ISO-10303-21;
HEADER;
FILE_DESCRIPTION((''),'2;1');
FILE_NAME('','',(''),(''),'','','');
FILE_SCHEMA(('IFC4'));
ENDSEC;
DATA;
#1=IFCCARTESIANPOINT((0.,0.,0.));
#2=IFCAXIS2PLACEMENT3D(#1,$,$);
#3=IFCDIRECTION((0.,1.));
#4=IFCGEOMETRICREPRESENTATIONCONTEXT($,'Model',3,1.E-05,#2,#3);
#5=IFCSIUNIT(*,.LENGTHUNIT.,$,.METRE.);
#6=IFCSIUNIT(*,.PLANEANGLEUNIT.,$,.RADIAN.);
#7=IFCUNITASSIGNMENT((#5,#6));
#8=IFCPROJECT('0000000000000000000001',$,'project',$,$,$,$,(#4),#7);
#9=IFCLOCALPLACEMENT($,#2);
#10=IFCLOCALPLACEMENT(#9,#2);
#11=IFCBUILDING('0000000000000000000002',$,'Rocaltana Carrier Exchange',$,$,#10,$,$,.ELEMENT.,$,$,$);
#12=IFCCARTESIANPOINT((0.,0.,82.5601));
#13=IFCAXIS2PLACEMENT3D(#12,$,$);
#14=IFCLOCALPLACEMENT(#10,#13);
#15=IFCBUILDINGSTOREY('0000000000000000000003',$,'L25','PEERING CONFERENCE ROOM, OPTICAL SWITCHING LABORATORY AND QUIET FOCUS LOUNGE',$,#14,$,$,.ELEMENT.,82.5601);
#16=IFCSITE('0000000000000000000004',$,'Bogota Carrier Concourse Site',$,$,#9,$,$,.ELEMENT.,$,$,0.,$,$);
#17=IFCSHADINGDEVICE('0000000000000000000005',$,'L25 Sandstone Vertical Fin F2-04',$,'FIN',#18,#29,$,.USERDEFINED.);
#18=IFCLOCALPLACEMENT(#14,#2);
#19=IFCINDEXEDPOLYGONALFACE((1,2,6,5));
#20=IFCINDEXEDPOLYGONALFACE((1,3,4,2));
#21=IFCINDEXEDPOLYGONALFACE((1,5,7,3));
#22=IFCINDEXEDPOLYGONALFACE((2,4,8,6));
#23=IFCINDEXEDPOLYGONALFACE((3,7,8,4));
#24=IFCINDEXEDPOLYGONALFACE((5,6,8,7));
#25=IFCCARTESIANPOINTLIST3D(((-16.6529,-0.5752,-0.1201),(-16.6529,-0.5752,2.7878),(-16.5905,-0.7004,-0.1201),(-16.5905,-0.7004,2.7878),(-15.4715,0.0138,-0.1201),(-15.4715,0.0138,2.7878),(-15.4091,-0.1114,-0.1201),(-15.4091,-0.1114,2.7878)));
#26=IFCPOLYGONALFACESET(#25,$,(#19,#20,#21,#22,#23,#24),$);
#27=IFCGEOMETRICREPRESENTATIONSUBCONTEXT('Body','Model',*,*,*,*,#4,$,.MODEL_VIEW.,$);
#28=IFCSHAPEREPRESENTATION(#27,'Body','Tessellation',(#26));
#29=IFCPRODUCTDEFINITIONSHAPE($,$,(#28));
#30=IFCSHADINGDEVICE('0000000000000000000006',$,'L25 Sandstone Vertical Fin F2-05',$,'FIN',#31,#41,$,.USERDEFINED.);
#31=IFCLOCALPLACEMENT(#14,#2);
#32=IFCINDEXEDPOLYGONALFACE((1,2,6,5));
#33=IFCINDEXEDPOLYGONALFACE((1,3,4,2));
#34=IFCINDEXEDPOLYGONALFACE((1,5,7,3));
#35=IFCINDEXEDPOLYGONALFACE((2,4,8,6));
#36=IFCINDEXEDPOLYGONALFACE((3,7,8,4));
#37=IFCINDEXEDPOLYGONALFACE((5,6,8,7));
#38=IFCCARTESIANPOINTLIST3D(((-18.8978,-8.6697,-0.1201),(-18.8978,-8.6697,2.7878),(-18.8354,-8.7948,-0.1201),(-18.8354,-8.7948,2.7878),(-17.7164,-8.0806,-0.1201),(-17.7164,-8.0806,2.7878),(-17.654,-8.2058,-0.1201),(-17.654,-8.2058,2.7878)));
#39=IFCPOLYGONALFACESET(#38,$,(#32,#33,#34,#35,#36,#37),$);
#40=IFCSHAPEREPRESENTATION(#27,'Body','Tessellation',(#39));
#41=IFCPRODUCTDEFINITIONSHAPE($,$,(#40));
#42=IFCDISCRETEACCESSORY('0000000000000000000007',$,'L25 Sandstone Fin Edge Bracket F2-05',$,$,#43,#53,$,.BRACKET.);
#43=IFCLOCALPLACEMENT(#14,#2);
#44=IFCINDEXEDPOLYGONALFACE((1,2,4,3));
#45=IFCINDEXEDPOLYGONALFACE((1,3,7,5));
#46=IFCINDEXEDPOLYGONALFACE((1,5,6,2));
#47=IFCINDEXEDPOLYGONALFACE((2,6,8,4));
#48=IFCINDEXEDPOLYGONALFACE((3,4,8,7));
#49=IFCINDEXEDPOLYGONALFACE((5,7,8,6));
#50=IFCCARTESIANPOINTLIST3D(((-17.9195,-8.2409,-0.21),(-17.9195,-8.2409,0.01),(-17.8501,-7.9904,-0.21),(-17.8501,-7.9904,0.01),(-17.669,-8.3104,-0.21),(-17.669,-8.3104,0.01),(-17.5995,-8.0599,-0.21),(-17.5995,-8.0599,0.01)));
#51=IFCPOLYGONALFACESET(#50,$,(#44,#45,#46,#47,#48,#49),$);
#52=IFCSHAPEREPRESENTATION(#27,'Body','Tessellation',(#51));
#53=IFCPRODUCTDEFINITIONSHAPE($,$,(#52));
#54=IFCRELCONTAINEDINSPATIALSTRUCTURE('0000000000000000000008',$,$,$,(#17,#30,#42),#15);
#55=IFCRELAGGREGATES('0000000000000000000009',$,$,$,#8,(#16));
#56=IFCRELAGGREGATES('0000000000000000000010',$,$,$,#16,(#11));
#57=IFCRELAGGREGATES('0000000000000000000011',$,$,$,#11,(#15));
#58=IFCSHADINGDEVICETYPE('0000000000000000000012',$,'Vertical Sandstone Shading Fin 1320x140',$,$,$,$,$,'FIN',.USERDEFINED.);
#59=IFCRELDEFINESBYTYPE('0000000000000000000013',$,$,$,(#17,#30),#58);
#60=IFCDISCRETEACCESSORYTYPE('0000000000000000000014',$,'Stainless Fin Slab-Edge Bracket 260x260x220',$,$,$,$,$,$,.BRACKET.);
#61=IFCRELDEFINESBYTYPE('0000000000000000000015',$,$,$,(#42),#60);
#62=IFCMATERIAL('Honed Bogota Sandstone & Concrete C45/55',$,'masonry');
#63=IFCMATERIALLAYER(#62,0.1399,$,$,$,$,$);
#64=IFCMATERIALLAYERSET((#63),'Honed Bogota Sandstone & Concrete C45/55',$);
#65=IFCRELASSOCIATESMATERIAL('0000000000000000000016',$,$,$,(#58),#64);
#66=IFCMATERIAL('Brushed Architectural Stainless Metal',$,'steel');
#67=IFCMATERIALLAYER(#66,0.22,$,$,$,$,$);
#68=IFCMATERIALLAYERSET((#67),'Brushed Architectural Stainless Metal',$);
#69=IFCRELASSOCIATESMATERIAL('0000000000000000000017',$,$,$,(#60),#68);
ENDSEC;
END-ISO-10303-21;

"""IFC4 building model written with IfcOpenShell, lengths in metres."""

from ifc_helpers import new_model, si_unit, direction, frame, origin, origin_2d, place, context, subcontext, project, spatial, rectangle, extrude, material, layer, layer_set, type_object, element, save


model = new_model("IFC4")

# Units and contexts
model_context = context("Model", 3, precision=1e-05, world=origin(), true_north=direction((0.0, 1.0)))
body_context = subcontext(model_context, "Body", "Model", "MODEL_VIEW")
ifc_project = project(units=[si_unit("LENGTHUNIT", "METRE"), si_unit("PLANEANGLEUNIT", "RADIAN")], contexts=[model_context])

# Site, building, storey
site_placement = place(None, origin())
site = spatial("IfcSite", under=ifc_project, at=site_placement, Name="Bogota Carrier Concourse Site", CompositionType="ELEMENT", RefElevation=0.0)
building_placement = place(site_placement, origin())
building = spatial("IfcBuilding", under=site, at=building_placement, Name="Rocaltana Carrier Exchange", CompositionType="ELEMENT")
storey_placement = place(building_placement, frame((0.0, 0.0, 82.5601)))
storey = spatial("IfcBuildingStorey", under=building, at=storey_placement, Name="L25", Description="PEERING CONFERENCE ROOM, OPTICAL SWITCHING LABORATORY AND QUIET FOCUS LOUNGE", CompositionType="ELEMENT", Elevation=82.5601)

# Shading devices
ifc_material_1 = material(Name="Honed Bogota Sandstone & Concrete C45/55", Category="masonry")
ifc_layer_1 = layer(ifc_material_1, 0.1399)
ifc_layer_set_1 = layer_set([ifc_layer_1], Name="Honed Bogota Sandstone & Concrete C45/55")
shading_device_type = type_object("IfcShadingDeviceType", Name="Vertical Sandstone Shading Fin 1320x140", ElementType="FIN", PredefinedType="USERDEFINED", material=ifc_layer_set_1)
for number, where, z_axis, x_axis, name in (
    (1, (-16.031, -0.3433, -0.1201), (0.0, 0.0, 1.0), (-0.894934, -0.446198, 0.0), "L25 Sandstone Vertical Fin F2-04"),
    (2, (-18.2759, -8.4377, -0.1201), (0.0, 0.0, 1.0), (-0.894934, -0.446198, 0.0), "L25 Sandstone Vertical Fin F2-05"),
):
    element("IfcShadingDevice", number, at=place(storey_placement, frame(where, z_axis=z_axis, x_axis=x_axis)), inside=storey, type_object=shading_device_type, Name=name, ObjectType="FIN", PredefinedType="USERDEFINED", context=body_context, shape_type="SweptSolid", body=[
        extrude(rectangle(XDim=1.3201, YDim=0.1399, at=origin_2d()), origin(), (0.0, 0.0, 1.0), 2.908),
    ])

# Discrete accessory
ifc_material_2 = material(Name="Brushed Architectural Stainless Metal", Category="steel")
ifc_layer_2 = layer(ifc_material_2, 0.22)
ifc_layer_set_2 = layer_set([ifc_layer_2], Name="Brushed Architectural Stainless Metal")
discrete_accessory_type = type_object("IfcDiscreteAccessoryType", Name="Stainless Fin Slab-Edge Bracket 260x260x220", PredefinedType="BRACKET", material=ifc_layer_set_2)
discrete_accessory_placement = place(storey_placement, frame((-17.7595, -8.1504, -0.21), z_axis=(0.0, 0.0, 1.0), x_axis=(-0.267238, -0.96363, 0.0)))
element("IfcDiscreteAccessory", 3, at=discrete_accessory_placement, inside=storey, type_object=discrete_accessory_type, Name="L25 Sandstone Fin Edge Bracket F2-05", PredefinedType="BRACKET", context=body_context, shape_type="SweptSolid", body=[
    extrude(rectangle(XDim=0.26, YDim=0.26, at=origin_2d()), origin(), (0.0, 0.0, 1.0), 0.22),
])

save(model, "model.ifc")
